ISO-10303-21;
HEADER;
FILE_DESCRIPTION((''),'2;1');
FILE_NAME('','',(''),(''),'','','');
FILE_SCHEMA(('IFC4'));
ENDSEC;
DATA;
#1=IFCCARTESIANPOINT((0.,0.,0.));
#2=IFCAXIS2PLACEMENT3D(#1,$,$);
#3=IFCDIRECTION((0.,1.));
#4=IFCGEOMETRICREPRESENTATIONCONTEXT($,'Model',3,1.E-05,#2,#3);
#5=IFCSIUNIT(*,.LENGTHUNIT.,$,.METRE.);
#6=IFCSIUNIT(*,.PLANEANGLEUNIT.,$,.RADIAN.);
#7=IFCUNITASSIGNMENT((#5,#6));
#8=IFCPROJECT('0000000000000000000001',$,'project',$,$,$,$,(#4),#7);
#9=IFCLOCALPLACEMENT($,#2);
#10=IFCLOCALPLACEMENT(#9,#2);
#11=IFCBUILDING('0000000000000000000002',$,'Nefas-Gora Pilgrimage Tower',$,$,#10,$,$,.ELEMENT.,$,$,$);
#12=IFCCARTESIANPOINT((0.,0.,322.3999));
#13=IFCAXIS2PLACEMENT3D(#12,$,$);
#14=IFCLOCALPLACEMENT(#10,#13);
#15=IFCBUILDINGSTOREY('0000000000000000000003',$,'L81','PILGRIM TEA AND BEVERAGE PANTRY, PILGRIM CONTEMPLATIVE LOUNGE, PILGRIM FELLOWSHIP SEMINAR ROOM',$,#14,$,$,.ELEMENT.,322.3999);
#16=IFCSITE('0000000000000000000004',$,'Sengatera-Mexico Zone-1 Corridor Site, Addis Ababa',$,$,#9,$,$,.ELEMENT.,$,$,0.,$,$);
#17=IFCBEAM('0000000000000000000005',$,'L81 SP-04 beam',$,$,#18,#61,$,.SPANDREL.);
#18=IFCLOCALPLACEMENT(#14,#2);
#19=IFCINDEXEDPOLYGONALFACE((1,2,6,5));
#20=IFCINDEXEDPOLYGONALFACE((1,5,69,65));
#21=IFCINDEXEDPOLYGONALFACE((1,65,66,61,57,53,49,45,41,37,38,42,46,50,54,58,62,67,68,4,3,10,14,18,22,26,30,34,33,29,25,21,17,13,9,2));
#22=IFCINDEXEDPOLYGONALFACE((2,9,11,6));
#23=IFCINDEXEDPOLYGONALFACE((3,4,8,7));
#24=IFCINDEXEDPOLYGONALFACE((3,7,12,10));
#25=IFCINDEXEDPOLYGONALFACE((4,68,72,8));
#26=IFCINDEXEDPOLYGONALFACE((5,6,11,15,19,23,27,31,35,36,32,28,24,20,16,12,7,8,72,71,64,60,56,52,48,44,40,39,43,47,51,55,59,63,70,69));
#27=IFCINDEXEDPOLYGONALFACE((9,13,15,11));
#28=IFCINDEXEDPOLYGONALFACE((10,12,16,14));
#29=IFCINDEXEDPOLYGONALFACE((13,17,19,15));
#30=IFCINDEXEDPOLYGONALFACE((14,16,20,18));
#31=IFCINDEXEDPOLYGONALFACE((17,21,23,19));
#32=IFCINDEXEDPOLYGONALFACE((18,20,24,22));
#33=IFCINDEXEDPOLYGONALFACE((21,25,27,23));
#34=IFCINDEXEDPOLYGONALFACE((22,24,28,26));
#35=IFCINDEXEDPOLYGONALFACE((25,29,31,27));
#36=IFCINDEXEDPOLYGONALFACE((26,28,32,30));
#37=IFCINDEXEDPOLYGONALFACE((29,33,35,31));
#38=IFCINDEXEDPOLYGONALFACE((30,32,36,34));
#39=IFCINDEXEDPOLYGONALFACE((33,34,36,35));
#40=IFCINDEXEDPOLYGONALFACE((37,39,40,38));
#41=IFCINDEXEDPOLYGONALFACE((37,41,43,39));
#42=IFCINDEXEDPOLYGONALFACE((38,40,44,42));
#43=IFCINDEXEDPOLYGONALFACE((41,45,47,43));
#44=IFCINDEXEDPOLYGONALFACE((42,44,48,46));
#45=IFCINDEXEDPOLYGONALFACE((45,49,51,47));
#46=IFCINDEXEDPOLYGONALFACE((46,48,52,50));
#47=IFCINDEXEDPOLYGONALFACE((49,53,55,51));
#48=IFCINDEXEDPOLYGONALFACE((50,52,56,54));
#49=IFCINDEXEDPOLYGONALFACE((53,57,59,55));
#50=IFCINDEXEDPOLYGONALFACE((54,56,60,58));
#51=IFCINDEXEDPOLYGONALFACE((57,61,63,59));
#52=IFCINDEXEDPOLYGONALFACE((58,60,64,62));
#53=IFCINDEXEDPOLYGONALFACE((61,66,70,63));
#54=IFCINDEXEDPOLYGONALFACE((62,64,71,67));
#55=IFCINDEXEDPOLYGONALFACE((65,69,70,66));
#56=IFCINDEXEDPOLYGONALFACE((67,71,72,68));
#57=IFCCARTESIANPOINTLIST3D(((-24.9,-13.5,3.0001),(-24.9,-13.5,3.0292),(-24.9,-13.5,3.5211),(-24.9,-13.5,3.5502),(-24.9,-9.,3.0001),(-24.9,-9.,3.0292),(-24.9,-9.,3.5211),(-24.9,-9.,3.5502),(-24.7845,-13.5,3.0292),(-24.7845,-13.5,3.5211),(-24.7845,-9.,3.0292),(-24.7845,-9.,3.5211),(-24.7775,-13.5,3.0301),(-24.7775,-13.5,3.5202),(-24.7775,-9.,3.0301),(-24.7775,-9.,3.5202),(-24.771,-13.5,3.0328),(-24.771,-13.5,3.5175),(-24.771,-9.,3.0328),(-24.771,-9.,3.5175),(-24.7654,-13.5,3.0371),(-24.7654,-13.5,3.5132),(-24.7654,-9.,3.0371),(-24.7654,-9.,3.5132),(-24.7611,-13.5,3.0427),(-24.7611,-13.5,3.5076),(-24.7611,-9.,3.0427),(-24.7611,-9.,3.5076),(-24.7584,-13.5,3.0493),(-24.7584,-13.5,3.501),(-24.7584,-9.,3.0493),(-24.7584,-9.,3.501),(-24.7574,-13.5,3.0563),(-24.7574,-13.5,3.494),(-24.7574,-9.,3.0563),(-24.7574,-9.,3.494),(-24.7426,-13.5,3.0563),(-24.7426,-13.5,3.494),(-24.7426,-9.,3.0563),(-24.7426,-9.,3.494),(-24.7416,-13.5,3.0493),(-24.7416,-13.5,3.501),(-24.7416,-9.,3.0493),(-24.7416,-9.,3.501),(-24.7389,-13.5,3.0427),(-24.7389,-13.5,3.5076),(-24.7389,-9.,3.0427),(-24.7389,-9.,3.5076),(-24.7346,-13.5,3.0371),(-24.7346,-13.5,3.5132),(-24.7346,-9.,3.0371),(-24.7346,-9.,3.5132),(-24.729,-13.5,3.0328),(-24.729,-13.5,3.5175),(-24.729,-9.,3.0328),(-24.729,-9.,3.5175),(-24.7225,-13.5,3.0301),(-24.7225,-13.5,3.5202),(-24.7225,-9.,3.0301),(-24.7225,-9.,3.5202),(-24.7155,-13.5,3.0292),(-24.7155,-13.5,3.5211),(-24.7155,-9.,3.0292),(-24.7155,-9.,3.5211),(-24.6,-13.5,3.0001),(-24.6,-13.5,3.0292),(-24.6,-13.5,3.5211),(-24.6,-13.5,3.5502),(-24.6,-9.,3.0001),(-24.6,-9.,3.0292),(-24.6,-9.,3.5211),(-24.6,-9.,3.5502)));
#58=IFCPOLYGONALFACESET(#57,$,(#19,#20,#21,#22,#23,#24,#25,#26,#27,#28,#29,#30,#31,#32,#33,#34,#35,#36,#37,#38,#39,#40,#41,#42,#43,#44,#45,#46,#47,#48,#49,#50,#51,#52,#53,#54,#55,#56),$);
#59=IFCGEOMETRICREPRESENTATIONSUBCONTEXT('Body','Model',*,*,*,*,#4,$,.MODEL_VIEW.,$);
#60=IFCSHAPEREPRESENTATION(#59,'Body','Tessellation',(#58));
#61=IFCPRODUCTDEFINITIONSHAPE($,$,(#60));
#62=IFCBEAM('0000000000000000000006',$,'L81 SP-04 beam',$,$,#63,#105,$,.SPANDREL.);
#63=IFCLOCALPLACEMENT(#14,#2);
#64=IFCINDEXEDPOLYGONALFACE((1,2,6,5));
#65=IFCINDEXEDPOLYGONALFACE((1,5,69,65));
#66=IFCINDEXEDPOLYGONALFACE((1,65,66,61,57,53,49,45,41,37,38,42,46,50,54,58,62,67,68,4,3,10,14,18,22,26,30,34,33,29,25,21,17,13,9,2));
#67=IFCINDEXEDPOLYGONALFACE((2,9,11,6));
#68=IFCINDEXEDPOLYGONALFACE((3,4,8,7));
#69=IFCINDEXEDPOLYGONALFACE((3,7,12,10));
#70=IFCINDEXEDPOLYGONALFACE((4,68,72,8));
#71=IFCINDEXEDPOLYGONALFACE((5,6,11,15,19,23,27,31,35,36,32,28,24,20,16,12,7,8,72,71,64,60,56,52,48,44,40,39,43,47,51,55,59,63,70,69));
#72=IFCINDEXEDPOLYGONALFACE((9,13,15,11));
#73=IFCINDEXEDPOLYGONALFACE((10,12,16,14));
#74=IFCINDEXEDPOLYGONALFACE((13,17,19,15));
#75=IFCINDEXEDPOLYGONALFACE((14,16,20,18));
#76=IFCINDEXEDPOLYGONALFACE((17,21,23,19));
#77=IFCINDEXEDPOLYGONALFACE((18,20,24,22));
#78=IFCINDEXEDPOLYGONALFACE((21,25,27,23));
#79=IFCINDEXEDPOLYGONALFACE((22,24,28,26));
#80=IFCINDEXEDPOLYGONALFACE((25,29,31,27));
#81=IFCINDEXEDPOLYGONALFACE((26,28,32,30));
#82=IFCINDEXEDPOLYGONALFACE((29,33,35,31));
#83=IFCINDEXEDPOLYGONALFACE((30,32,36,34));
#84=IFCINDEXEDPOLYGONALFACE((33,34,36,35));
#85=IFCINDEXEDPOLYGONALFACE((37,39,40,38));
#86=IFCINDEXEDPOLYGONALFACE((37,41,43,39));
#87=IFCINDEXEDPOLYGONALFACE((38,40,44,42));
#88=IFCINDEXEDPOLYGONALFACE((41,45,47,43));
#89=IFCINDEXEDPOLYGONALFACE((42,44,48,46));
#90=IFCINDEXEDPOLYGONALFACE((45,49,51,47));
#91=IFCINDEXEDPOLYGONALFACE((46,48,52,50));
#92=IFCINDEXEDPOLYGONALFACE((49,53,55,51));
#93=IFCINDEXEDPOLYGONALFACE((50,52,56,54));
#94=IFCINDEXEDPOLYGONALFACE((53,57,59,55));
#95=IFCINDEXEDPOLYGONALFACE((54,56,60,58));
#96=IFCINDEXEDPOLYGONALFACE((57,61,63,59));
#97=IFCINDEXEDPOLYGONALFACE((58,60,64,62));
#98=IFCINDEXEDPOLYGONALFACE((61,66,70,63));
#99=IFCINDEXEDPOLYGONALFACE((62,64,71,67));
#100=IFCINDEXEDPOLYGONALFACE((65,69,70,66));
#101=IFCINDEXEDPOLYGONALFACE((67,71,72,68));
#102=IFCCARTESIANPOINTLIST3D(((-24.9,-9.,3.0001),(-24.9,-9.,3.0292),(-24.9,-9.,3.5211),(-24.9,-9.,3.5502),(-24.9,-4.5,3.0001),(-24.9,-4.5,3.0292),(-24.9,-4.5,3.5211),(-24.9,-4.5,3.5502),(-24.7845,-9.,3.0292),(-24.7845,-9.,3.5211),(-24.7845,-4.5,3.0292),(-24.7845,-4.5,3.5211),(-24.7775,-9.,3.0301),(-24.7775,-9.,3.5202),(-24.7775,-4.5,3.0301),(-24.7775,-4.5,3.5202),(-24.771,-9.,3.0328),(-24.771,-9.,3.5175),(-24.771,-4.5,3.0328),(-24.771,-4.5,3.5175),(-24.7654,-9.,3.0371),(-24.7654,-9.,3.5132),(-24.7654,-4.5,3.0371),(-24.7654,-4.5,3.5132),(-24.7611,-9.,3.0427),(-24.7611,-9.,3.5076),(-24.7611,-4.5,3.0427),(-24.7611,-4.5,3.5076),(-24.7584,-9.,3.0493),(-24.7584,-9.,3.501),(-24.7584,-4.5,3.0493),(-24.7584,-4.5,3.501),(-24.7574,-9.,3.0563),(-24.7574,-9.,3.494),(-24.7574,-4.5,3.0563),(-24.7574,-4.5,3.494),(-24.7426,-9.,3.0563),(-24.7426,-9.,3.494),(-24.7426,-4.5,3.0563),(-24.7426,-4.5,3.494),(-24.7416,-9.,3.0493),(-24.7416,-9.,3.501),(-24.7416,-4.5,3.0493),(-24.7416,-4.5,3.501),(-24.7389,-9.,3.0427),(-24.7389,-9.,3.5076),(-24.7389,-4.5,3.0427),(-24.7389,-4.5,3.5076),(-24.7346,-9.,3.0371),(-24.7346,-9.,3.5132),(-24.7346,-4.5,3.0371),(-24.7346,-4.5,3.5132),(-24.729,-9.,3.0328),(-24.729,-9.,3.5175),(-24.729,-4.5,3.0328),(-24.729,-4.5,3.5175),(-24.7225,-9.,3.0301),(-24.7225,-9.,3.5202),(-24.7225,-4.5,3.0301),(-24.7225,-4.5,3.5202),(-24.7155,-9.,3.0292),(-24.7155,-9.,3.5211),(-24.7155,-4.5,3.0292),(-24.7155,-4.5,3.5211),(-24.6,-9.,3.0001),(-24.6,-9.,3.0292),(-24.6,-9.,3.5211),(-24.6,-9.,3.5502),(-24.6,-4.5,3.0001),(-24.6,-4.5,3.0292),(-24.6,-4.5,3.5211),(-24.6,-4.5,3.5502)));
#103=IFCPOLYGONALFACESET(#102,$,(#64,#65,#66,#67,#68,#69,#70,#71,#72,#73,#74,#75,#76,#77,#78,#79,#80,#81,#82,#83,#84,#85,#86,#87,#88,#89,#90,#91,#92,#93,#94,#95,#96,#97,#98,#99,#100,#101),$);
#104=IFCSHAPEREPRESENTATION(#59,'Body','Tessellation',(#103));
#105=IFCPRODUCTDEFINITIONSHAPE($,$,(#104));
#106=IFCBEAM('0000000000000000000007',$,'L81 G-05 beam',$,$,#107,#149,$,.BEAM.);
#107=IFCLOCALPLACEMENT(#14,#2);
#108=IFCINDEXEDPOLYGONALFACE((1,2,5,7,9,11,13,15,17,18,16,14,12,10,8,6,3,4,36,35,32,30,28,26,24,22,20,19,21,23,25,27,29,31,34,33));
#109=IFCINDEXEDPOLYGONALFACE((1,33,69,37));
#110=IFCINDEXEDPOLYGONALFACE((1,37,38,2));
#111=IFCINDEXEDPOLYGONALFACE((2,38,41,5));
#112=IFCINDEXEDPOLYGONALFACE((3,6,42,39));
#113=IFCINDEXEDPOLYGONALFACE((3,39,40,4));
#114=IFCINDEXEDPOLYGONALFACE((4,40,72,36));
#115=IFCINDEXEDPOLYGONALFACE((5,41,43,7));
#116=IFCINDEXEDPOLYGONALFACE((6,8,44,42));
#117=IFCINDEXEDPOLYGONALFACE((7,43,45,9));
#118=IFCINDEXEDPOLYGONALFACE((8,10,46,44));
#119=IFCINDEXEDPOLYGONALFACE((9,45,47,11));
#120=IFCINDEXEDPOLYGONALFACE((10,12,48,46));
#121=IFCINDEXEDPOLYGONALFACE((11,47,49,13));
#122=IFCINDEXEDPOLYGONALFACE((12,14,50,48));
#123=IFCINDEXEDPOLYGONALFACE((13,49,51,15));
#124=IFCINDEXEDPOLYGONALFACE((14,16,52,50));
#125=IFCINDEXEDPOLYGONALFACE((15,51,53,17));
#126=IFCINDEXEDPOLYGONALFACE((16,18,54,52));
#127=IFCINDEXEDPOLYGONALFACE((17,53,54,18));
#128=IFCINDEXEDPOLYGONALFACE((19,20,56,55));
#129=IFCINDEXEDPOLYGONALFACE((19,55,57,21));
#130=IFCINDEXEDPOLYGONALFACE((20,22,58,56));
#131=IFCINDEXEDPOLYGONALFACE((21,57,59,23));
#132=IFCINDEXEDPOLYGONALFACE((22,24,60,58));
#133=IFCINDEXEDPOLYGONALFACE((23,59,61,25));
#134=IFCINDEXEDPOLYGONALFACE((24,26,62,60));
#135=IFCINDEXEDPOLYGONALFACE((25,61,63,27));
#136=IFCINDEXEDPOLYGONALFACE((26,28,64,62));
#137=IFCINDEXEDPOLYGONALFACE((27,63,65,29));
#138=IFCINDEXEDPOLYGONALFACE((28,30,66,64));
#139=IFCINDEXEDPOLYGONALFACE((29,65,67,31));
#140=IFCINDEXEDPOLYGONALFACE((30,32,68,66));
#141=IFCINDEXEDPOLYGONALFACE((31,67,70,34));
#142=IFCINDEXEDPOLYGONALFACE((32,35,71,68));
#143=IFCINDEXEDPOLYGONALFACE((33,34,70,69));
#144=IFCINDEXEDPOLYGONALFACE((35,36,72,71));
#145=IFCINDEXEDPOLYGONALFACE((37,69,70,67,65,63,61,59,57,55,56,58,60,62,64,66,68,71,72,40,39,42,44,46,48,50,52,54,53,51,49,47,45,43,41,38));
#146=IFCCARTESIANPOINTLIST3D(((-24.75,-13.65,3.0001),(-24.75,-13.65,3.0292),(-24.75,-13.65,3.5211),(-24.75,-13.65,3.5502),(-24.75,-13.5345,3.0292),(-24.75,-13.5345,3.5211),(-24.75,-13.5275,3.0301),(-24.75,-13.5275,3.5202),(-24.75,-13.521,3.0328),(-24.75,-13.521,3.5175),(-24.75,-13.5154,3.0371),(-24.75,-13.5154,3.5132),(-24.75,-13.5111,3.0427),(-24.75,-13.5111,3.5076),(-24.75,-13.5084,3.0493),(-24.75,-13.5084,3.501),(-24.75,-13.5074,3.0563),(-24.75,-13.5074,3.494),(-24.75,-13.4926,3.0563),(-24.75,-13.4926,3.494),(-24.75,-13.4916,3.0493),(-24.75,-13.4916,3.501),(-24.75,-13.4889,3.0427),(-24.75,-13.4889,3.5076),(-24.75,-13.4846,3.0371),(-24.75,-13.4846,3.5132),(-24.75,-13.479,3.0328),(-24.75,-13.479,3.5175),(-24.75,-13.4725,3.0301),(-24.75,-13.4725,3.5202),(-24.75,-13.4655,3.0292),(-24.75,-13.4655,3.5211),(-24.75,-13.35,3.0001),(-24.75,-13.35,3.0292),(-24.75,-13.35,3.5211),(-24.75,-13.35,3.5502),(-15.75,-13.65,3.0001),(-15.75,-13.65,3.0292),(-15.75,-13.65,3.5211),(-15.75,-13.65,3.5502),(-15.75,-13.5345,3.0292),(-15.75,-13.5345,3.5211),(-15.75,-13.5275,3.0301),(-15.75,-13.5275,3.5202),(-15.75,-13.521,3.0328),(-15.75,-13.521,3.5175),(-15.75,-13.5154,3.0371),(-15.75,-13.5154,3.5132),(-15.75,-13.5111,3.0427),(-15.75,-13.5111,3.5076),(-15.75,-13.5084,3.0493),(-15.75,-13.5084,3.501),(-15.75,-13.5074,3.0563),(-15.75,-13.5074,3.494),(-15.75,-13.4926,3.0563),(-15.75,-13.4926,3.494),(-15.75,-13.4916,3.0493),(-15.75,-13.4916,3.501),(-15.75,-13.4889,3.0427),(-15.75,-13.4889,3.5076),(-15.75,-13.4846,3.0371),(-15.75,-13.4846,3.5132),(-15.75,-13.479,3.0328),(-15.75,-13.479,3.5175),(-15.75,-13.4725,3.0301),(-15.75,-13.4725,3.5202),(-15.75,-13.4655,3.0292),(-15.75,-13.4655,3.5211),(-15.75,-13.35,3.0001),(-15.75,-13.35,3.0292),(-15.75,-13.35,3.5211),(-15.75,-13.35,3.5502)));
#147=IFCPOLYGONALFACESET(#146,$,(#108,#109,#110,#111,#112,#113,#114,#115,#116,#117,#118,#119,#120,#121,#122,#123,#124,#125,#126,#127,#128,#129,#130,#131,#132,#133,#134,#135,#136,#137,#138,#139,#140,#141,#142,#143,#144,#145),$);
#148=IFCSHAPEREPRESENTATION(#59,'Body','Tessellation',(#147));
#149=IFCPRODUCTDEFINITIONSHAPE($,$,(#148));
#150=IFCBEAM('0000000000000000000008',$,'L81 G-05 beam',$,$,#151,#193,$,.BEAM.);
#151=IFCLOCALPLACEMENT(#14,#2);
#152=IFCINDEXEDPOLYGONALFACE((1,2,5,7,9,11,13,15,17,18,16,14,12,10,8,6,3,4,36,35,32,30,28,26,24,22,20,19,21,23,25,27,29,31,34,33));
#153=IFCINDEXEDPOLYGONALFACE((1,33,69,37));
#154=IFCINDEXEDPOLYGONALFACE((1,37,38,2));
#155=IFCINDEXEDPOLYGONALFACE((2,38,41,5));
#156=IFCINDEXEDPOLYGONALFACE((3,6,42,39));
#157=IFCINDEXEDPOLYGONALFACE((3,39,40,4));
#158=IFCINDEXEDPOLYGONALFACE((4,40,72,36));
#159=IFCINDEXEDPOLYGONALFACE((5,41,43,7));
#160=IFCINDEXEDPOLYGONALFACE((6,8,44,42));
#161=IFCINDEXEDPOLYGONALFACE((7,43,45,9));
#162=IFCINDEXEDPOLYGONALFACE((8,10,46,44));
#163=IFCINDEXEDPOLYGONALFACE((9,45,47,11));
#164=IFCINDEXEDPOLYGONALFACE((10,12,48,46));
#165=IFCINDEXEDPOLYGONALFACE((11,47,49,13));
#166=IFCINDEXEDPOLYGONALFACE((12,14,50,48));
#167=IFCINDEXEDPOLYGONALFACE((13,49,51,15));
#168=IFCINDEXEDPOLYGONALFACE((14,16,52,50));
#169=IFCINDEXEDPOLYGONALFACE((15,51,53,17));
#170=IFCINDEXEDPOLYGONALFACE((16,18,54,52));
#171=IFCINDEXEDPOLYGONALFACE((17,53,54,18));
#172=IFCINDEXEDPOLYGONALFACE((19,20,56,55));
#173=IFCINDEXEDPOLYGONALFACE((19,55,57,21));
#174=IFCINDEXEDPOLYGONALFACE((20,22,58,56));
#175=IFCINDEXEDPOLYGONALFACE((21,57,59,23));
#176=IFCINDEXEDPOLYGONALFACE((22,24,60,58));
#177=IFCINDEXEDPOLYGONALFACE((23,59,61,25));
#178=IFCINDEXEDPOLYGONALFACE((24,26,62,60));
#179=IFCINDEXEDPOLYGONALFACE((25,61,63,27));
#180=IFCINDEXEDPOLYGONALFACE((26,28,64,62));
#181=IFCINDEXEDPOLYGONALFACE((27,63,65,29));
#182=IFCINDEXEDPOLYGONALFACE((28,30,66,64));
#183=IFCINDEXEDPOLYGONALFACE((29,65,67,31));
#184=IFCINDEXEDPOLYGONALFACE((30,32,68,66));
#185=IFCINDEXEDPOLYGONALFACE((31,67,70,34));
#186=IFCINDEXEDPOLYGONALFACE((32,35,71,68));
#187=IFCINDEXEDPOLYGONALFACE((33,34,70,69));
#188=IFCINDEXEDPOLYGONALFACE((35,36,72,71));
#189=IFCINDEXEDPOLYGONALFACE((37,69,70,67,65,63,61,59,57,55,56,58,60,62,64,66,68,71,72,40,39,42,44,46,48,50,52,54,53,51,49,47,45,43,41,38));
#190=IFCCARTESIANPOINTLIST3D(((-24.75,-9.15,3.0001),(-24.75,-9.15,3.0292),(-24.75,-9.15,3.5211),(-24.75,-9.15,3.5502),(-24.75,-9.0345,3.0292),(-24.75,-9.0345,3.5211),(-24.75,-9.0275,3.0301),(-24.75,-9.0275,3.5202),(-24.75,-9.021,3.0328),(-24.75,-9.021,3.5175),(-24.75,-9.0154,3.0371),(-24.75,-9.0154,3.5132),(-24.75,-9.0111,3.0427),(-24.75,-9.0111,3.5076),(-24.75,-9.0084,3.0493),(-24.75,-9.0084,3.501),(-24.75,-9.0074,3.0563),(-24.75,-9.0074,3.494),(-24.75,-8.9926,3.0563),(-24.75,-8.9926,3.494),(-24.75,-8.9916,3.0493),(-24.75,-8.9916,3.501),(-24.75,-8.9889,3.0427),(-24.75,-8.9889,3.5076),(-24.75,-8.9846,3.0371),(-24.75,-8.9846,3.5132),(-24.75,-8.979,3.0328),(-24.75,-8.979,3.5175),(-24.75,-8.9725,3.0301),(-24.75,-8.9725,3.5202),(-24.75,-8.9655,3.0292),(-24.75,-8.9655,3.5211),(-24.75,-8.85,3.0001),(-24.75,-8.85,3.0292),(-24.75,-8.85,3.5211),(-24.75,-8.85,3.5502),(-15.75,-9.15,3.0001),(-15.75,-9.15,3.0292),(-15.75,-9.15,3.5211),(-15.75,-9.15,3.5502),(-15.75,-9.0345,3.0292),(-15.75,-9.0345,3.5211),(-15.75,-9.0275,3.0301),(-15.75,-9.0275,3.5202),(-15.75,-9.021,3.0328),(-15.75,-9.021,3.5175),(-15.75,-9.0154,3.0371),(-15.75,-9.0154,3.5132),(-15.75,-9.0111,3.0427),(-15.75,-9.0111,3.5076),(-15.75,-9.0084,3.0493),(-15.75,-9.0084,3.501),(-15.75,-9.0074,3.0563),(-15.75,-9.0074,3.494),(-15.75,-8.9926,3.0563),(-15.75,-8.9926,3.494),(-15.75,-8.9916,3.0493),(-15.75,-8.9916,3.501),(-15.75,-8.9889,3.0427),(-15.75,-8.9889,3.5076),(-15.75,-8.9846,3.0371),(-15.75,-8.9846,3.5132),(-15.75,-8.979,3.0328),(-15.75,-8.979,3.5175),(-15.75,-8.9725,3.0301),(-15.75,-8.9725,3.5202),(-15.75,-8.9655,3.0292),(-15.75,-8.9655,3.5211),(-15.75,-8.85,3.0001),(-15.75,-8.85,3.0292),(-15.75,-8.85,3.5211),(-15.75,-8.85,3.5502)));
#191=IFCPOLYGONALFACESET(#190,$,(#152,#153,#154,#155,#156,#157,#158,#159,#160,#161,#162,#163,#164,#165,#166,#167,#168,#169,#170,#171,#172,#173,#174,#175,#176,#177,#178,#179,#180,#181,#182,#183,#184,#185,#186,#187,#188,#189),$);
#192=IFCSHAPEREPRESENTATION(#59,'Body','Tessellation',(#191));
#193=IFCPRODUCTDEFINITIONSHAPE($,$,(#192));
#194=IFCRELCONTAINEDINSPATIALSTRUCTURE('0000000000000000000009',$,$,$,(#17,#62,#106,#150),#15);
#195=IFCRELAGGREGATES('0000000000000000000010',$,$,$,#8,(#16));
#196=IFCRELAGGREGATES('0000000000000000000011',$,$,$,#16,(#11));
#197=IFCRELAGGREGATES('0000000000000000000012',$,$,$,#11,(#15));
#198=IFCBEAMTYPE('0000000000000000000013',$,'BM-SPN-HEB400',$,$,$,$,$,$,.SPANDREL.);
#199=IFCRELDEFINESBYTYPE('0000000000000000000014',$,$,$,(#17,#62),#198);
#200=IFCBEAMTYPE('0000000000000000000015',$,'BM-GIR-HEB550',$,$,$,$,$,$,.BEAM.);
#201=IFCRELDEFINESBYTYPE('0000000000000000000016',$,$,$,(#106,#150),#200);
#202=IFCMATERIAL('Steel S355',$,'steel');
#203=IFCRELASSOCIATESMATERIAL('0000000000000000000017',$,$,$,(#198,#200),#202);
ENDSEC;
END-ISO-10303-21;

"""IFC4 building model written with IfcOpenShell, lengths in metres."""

from ifc_helpers import new_model, si_unit, direction, frame, origin, origin_2d, place, context, subcontext, project, spatial, i_section, extrude, source, transform, mapped, material, material_profile, profile_set, type_object, element, save


model = new_model("IFC4")

# Units and contexts
model_context = context("Model", 3, precision=1e-05, world=origin(), true_north=direction((0.0, 1.0)))
body_context = subcontext(model_context, "Body", "Model", "MODEL_VIEW")
ifc_project = project(units=[si_unit("LENGTHUNIT", "METRE"), si_unit("PLANEANGLEUNIT", "RADIAN")], contexts=[model_context])

# Site, building, storey
site_placement = place(None, origin())
site = spatial("IfcSite", under=ifc_project, at=site_placement, Name="Sengatera-Mexico Zone-1 Corridor Site, Addis Ababa", CompositionType="ELEMENT", RefElevation=0.0)
building_placement = place(site_placement, origin())
building = spatial("IfcBuilding", under=site, at=building_placement, Name="Nefas-Gora Pilgrimage Tower", CompositionType="ELEMENT")
storey_placement = place(building_placement, frame((0.0, 0.0, 322.3999)))
storey = spatial("IfcBuildingStorey", under=building, at=storey_placement, Name="L81", Description="PILGRIM TEA AND BEVERAGE PANTRY, PILGRIM CONTEMPLATIVE LOUNGE, PILGRIM FELLOWSHIP SEMINAR ROOM", CompositionType="ELEMENT", Elevation=322.3999)

# Shared definitions
ifc_material_1 = material(Name="Steel S355", Category="steel")

# Beams
ifc_material_profile_1 = material_profile(ifc_material_1, i_section(OverallWidth=0.3, OverallDepth=0.55, WebThickness=0.0149, FlangeThickness=0.0291, FilletRadius=0.0271, at=origin_2d()), Name="HEB 550")
ifc_profile_set_1 = profile_set([ifc_material_profile_1], Name="Steel S355")
beam_type_1 = type_object("IfcBeamType", Name="BM-SPN-HEB400", PredefinedType="SPANDREL", material=ifc_profile_set_1)
shared_shape_1 = source(origin(), body_context, "Body", "SweptSolid", [
    extrude(i_section(OverallWidth=0.3, OverallDepth=0.55, WebThickness=0.0149, FlangeThickness=0.0291, FilletRadius=0.0271, at=origin_2d()), origin(), (0.0, 0.0, 1.0), 4.5),
])
for number, where, z_axis, x_axis, name in (
    (1, (-24.75, -13.5, 3.2751), (0.0, 1.0, 0.0), (-1.0, 0.0, 0.0), "L81 SP-04 beam"),
    (2, (-24.75, -9.0, 3.2751), (0.0, 1.0, 0.0), (-1.0, 0.0, 0.0), "L81 SP-04 beam"),
):
    element("IfcBeam", number, at=place(storey_placement, frame(where, z_axis=z_axis, x_axis=x_axis)), inside=storey, type_object=beam_type_1, Name=name, PredefinedType="SPANDREL", context=body_context, shape_type="MappedRepresentation", body=[
        mapped(shared_shape_1, transform((0.0, 0.0, 0.0), x_axis=(1.0, 0.0, 0.0), y_axis=(0.0, 1.0, 0.0), z_axis=(0.0, 0.0, 1.0), scale=1.0)),
    ])
ifc_material_profile_2 = material_profile(ifc_material_1, i_section(OverallWidth=0.3, OverallDepth=0.55, WebThickness=0.0149, FlangeThickness=0.0291, FilletRadius=0.0271, at=origin_2d()), Name="HEB 550")
ifc_profile_set_2 = profile_set([ifc_material_profile_2], Name="Steel S355")
beam_type_2 = type_object("IfcBeamType", Name="BM-GIR-HEB550", PredefinedType="BEAM", material=ifc_profile_set_2)
shared_shape_2 = source(origin(), body_context, "Body", "SweptSolid", [
    extrude(i_section(OverallWidth=0.3, OverallDepth=0.55, WebThickness=0.0149, FlangeThickness=0.0291, FilletRadius=0.0271, at=origin_2d()), origin(), (0.0, 0.0, 1.0), 9.0),
])
for number, where, z_axis, x_axis, name in (
    (3, (-24.75, -13.5, 3.2751), (1.0, 0.0, 0.0), (0.0, 1.0, 0.0), "L81 G-05 beam"),
    (4, (-24.75, -9.0, 3.2751), (1.0, 0.0, 0.0), (0.0, 1.0, 0.0), "L81 G-05 beam"),
):
    element("IfcBeam", number, at=place(storey_placement, frame(where, z_axis=z_axis, x_axis=x_axis)), inside=storey, type_object=beam_type_2, Name=name, PredefinedType="BEAM", context=body_context, shape_type="MappedRepresentation", body=[
        mapped(shared_shape_2, transform((0.0, 0.0, 0.0), x_axis=(1.0, 0.0, 0.0), y_axis=(0.0, 1.0, 0.0), z_axis=(0.0, 0.0, 1.0), scale=1.0)),
    ])

save(model, "model.ifc")
